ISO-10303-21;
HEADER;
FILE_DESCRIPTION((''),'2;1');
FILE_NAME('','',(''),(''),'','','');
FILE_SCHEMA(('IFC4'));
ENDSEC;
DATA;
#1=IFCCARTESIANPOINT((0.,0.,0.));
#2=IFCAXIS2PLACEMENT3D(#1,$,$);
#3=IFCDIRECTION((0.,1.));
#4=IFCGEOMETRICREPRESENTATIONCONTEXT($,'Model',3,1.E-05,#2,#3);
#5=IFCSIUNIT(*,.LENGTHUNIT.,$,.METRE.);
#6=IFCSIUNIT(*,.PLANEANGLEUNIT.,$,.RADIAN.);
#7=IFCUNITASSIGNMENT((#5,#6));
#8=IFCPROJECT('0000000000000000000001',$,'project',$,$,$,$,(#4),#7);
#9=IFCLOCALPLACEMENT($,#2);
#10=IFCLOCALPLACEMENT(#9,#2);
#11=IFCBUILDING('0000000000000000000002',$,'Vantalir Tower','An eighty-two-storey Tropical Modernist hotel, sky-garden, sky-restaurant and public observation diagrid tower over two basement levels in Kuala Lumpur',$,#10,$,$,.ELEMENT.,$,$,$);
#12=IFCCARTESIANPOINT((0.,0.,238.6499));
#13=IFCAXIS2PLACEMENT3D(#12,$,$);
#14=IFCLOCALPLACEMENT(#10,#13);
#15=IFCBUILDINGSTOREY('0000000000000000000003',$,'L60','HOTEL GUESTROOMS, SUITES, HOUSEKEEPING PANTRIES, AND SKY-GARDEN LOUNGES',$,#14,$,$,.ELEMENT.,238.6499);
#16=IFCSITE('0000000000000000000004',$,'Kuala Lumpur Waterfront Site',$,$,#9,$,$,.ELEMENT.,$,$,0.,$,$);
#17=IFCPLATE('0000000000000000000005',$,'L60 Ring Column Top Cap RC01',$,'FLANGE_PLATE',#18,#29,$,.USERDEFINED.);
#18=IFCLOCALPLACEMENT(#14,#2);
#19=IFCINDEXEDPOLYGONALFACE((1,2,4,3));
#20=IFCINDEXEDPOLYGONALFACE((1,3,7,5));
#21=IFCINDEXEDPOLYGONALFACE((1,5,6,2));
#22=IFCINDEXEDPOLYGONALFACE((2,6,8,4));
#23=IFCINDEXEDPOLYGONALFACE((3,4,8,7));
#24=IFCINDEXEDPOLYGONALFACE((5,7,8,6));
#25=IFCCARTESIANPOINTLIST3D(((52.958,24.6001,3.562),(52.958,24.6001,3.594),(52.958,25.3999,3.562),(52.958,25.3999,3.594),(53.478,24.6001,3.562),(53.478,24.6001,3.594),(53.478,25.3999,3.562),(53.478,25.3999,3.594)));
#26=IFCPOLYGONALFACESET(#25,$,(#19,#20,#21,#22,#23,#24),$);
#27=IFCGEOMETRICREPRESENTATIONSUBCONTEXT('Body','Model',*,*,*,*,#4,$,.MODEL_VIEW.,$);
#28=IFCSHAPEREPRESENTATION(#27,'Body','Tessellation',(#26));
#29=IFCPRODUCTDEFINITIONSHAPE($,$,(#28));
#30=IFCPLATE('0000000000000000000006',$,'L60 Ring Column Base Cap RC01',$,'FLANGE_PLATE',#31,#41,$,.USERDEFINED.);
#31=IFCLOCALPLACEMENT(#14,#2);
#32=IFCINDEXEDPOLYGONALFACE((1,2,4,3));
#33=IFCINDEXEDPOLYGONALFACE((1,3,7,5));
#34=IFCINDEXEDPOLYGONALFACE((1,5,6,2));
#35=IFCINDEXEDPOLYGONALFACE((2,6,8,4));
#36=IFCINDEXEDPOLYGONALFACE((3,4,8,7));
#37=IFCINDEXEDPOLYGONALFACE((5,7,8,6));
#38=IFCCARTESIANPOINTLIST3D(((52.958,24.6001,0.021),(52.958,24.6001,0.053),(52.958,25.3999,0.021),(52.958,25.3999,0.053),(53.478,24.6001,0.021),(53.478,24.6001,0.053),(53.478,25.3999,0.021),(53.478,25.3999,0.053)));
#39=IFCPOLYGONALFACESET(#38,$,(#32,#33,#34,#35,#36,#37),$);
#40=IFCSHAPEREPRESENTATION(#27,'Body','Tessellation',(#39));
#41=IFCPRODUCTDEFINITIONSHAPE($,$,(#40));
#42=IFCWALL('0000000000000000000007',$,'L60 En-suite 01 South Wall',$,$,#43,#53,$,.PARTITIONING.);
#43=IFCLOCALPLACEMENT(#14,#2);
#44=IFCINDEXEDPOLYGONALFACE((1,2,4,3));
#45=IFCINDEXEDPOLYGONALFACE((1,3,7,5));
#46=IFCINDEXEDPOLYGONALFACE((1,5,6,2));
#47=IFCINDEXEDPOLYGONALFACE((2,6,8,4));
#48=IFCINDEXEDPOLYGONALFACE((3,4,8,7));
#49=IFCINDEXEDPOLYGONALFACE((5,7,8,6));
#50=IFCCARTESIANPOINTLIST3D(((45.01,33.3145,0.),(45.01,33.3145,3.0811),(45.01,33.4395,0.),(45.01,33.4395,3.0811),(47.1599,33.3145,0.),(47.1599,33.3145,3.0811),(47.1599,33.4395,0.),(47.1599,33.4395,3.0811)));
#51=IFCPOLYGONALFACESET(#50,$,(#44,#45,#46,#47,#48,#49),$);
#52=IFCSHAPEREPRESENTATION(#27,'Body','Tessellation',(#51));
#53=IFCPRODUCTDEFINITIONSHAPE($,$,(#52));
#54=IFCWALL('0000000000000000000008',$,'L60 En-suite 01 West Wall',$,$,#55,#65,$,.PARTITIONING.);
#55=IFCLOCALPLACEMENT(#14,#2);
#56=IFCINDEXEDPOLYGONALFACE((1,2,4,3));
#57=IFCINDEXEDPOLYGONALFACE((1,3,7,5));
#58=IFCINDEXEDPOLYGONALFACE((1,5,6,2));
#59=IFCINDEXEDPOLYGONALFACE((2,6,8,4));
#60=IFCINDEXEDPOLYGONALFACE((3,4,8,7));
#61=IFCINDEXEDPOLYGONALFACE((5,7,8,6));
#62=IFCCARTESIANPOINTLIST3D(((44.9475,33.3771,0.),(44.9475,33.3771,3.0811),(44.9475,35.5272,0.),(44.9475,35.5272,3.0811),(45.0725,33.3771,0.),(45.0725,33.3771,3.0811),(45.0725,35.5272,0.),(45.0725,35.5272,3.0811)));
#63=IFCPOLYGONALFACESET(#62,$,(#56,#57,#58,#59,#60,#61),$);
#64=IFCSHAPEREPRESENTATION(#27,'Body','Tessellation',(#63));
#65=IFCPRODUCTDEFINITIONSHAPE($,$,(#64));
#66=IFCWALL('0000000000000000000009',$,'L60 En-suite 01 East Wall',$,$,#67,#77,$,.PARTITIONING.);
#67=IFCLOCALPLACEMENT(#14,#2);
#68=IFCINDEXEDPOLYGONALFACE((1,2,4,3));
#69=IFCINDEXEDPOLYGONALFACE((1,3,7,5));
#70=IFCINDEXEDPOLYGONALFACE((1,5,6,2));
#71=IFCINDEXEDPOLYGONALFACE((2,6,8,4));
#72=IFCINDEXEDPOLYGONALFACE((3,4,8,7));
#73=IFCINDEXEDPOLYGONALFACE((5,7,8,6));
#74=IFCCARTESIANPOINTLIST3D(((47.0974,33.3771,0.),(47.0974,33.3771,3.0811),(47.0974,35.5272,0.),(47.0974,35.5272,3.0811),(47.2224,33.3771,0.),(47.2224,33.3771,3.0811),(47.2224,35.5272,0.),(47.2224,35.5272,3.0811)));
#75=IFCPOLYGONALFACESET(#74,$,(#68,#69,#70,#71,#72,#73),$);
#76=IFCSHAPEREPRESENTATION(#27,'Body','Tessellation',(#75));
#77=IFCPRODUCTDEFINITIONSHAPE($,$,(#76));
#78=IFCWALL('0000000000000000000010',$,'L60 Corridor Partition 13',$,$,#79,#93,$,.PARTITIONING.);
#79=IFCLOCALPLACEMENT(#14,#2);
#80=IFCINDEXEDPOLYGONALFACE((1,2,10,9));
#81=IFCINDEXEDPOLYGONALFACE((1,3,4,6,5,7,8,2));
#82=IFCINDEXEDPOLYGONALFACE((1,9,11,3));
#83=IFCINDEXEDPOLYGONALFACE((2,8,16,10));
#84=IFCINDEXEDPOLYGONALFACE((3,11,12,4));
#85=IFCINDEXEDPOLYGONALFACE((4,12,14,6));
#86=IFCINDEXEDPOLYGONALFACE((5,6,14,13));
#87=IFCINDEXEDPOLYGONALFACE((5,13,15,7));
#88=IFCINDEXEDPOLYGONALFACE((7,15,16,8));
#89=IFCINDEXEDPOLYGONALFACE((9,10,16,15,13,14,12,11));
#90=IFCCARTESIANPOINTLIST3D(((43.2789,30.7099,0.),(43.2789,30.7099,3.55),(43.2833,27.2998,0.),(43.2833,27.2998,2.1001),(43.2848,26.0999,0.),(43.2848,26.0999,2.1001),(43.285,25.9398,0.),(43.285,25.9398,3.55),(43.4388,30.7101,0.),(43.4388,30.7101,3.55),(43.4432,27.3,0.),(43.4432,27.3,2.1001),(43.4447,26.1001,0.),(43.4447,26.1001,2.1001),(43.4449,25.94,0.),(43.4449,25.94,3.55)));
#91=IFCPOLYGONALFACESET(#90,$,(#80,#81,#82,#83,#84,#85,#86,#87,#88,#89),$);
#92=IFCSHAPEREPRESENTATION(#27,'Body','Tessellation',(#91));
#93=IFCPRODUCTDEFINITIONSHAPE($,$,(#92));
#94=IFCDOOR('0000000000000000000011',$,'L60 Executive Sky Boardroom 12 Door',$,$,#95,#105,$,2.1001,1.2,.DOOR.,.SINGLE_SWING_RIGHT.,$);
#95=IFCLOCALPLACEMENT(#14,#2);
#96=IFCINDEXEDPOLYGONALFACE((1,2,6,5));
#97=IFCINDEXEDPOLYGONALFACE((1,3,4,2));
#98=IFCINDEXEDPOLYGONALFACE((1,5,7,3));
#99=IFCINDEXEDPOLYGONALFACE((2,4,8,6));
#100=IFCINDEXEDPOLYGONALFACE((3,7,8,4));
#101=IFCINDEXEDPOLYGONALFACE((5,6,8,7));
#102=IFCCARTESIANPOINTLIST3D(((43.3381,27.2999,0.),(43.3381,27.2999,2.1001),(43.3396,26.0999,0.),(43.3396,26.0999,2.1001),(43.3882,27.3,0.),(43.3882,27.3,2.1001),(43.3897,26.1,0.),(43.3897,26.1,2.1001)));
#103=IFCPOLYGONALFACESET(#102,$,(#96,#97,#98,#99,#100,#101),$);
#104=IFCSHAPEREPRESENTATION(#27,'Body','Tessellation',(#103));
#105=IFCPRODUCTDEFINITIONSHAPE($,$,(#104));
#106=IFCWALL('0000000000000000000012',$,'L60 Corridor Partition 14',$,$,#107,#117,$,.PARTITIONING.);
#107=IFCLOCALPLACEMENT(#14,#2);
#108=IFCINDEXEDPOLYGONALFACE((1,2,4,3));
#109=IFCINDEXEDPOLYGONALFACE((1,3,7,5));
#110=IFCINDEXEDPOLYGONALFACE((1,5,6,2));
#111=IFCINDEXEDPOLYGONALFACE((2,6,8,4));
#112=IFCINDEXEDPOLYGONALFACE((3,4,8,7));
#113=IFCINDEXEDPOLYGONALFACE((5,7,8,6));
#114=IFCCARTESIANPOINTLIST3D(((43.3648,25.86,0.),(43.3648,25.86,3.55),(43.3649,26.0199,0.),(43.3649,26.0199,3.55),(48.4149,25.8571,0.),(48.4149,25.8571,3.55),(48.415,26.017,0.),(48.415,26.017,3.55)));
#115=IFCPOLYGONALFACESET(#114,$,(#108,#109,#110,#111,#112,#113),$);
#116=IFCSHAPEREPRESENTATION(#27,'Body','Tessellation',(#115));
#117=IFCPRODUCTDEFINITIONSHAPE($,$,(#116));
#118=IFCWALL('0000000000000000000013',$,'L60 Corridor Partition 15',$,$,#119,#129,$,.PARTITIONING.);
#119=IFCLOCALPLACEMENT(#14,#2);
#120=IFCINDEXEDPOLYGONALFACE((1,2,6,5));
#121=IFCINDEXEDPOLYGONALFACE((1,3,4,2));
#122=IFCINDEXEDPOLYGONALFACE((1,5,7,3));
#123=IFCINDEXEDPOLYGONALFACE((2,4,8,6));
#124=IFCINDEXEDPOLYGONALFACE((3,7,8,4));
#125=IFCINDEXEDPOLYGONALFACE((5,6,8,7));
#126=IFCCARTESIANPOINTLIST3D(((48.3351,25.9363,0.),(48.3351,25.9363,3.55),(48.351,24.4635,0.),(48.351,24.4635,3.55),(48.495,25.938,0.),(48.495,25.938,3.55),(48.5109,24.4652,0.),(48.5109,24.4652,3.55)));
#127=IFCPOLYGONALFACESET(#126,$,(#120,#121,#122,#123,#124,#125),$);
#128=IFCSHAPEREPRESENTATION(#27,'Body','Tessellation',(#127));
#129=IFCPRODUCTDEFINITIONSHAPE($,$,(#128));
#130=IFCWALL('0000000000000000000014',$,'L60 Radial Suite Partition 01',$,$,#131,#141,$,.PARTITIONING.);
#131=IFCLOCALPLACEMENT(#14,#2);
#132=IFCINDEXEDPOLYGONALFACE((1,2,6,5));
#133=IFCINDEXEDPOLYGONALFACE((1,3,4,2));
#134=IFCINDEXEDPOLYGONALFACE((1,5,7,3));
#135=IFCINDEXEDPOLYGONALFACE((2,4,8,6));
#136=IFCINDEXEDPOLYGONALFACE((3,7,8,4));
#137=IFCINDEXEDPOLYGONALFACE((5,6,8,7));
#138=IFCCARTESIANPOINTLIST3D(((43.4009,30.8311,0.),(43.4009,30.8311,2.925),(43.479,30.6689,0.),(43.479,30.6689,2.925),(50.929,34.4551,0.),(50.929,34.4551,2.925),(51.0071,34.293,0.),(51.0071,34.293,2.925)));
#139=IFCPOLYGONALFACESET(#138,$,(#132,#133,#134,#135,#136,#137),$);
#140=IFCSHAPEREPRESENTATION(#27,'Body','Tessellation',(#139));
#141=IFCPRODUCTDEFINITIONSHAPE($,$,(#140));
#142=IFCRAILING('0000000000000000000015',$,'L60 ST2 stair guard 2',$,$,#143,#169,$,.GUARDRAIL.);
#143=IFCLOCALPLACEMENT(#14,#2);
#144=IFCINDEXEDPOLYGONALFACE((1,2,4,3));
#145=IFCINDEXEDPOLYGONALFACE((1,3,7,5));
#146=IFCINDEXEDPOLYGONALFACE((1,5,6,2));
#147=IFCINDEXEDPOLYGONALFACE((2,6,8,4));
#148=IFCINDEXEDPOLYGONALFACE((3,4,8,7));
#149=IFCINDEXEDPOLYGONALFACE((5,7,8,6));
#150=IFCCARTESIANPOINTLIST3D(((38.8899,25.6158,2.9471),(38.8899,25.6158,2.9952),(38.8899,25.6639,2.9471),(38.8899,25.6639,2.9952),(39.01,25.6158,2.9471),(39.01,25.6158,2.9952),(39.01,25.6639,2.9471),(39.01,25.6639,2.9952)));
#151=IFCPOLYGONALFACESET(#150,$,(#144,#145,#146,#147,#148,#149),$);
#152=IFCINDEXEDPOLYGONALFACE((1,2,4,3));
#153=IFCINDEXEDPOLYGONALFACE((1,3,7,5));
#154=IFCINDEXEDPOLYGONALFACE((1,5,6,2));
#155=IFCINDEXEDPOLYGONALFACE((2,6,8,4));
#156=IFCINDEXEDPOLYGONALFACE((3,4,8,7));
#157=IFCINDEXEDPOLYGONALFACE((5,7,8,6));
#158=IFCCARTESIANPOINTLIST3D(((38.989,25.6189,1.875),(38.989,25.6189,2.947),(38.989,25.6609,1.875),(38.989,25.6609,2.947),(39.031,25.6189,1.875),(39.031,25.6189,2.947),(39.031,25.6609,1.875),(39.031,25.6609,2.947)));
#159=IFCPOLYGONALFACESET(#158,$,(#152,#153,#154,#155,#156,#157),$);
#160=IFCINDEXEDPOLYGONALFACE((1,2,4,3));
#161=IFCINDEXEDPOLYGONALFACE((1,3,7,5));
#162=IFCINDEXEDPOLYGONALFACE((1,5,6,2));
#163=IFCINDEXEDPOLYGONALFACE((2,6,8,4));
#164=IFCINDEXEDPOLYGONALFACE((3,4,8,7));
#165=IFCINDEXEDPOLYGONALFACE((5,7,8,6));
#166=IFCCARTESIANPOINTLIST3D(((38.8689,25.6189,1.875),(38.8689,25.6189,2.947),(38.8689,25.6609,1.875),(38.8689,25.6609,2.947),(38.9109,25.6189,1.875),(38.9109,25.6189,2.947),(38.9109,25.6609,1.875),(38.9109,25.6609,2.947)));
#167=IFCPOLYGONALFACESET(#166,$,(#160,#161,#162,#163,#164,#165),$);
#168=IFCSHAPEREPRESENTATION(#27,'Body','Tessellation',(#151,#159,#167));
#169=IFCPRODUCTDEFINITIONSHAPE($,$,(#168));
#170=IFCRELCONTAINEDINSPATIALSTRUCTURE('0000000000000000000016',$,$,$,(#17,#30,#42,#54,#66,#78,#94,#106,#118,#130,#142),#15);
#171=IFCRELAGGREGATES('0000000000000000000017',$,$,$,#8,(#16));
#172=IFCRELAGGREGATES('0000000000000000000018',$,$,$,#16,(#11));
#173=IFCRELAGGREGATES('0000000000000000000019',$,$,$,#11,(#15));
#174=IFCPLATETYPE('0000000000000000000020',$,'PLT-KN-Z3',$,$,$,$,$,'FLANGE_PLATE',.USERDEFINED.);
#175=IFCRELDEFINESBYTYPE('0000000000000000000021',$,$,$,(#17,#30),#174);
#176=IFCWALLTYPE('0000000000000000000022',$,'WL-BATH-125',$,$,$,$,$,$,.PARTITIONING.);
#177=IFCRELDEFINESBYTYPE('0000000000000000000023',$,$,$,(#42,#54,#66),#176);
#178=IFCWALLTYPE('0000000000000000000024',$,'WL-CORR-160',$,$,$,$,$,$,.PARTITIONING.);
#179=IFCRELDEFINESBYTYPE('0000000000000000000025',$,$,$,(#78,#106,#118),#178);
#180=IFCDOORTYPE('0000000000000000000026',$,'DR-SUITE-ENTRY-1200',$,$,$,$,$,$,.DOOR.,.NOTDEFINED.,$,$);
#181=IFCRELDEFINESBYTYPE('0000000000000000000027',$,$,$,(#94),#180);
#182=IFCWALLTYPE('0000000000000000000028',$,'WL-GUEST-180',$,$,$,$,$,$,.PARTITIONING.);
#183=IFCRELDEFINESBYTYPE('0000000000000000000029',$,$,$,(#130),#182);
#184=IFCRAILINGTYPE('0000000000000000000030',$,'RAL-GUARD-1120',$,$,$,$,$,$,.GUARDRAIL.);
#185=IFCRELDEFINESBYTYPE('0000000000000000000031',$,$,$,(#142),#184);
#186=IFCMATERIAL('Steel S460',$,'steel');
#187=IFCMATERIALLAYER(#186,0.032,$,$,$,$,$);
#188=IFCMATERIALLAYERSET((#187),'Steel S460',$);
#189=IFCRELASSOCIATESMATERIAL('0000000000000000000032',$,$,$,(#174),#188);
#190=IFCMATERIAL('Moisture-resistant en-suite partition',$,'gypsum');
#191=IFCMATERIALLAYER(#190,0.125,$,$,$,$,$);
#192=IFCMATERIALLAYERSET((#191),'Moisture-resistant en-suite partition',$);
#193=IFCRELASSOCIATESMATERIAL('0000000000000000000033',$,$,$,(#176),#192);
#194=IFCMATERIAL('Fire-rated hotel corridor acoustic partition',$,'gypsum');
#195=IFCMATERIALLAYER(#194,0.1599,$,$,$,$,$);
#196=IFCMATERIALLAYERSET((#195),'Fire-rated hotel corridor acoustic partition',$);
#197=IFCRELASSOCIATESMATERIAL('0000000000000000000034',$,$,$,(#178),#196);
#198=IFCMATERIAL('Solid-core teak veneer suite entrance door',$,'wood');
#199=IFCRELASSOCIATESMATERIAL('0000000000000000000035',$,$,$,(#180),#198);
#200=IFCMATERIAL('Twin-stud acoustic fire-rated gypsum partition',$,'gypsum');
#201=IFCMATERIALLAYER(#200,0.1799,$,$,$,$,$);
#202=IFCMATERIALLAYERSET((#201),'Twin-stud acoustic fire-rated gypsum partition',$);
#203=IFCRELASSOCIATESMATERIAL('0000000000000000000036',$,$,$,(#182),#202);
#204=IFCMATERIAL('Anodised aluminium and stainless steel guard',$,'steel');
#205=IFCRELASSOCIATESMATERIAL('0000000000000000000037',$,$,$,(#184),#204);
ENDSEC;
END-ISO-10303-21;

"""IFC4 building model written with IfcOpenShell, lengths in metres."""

from ifc_helpers import new_model, si_unit, direction, frame, frame_2d, origin, origin_2d, place, context, subcontext, project, spatial, polyline, rectangle, outline, extrude, material, layer, layer_set, type_object, element, fill, save


model = new_model("IFC4")

# Units and contexts
model_context = context("Model", 3, precision=1e-05, world=origin(), true_north=direction((0.0, 1.0)))
body_context = subcontext(model_context, "Body", "Model", "MODEL_VIEW")
ifc_project = project(units=[si_unit("LENGTHUNIT", "METRE"), si_unit("PLANEANGLEUNIT", "RADIAN")], contexts=[model_context])

# Site, building, storey
site_placement = place(None, origin())
site = spatial("IfcSite", under=ifc_project, at=site_placement, Name="Kuala Lumpur Waterfront Site", CompositionType="ELEMENT", RefElevation=0.0)
building_placement = place(site_placement, origin())
building = spatial("IfcBuilding", under=site, at=building_placement, Name="Vantalir Tower", Description="An eighty-two-storey Tropical Modernist hotel, sky-garden, sky-restaurant and public observation diagrid tower over two basement levels in Kuala Lumpur", CompositionType="ELEMENT")
storey_placement = place(building_placement, frame((0.0, 0.0, 238.6499)))
storey = spatial("IfcBuildingStorey", under=building, at=storey_placement, Name="L60", Description="HOTEL GUESTROOMS, SUITES, HOUSEKEEPING PANTRIES, AND SKY-GARDEN LOUNGES", CompositionType="ELEMENT", Elevation=238.6499)

# Plates
ifc_material_1 = material(Name="Steel S460", Category="steel")
ifc_layer_1 = layer(ifc_material_1, 0.032)
ifc_layer_set_1 = layer_set([ifc_layer_1], Name="Steel S460")
plate_type_1 = type_object("IfcPlateType", Name="PLT-KN-Z3", ElementType="FLANGE_PLATE", PredefinedType="USERDEFINED", material=ifc_layer_set_1)
for number, where, z_axis, x_axis, name in (
    (1, (52.958, 25.3999, 3.594), (0.0, 0.0, 1.0), (0.0, -1.0, 0.0), "L60 Ring Column Top Cap RC01"),
    (2, (52.958, 25.3999, 0.053), (0.0, 0.0, 1.0), (0.0, -1.0, 0.0), "L60 Ring Column Base Cap RC01"),
):
    element("IfcPlate", number, at=place(storey_placement, frame(where, z_axis=z_axis, x_axis=x_axis)), inside=storey, type_object=plate_type_1, Name=name, ObjectType="FLANGE_PLATE", PredefinedType="USERDEFINED", context=body_context, shape_type="SweptSolid", body=[
        extrude(outline(polyline([(0.0, 0.0), (0.7998, 0.0), (0.7998, 0.52), (0.0, 0.52), (0.0, 0.0)])), origin(), (0.0, 0.0, -1.0), 0.032),
    ])

# Walls
ifc_material_2 = material(Name="Moisture-resistant en-suite partition", Category="gypsum")
ifc_layer_2 = layer(ifc_material_2, 0.125)
ifc_layer_set_2 = layer_set([ifc_layer_2], Name="Moisture-resistant en-suite partition")
wall_type_1 = type_object("IfcWallType", Name="WL-BATH-125", PredefinedType="PARTITIONING", material=ifc_layer_set_2)
wall_1_placement = place(storey_placement, frame((45.01, 33.377, 0.0), z_axis=(0.0, 0.0, 1.0), x_axis=(1.0, 0.0, 0.0)))
element("IfcWall", 3, at=wall_1_placement, inside=storey, type_object=wall_type_1, Name="L60 En-suite 01 South Wall", PredefinedType="PARTITIONING", context=body_context, shape_type="SweptSolid", body=[
    extrude(rectangle(XDim=2.1499, YDim=0.125, at=frame_2d((1.075, 0.0))), origin(), (0.0, 0.0, 1.0), 3.0811),
])
for number, where, z_axis, x_axis, name in (
    (4, (45.01, 33.377, 0.0), (0.0, 0.0, 1.0), (0.0, 1.0, 0.0), "L60 En-suite 01 West Wall"),
    (5, (47.1599, 33.377, 0.0), (0.0, 0.0, 1.0), (0.0, 1.0, 0.0), "L60 En-suite 01 East Wall"),
):
    element("IfcWall", number, at=place(storey_placement, frame(where, z_axis=z_axis, x_axis=x_axis)), inside=storey, type_object=wall_type_1, Name=name, PredefinedType="PARTITIONING", context=body_context, shape_type="SweptSolid", body=[
        extrude(rectangle(XDim=2.1501, YDim=0.125, at=frame_2d((1.0752, 0.0))), origin(), (0.0, 0.0, 1.0), 3.0811),
    ])

# Wall, opening, door
ifc_material_3 = material(Name="Fire-rated hotel corridor acoustic partition", Category="gypsum")
ifc_layer_3 = layer(ifc_material_3, 0.1599)
ifc_layer_set_3 = layer_set([ifc_layer_3], Name="Fire-rated hotel corridor acoustic partition")
wall_type_2 = type_object("IfcWallType", Name="WL-CORR-160", PredefinedType="PARTITIONING", material=ifc_layer_set_3)
wall_2_placement = place(storey_placement, frame((43.3589, 30.71, 0.0), z_axis=(0.0, 0.0, 1.0), x_axis=(0.00128, -0.999999, 0.0)))
wall_2 = element("IfcWall", 6, at=wall_2_placement, inside=storey, type_object=wall_type_2, Name="L60 Corridor Partition 13", PredefinedType="PARTITIONING", context=body_context, shape_type="SweptSolid", body=[
    extrude(rectangle(XDim=4.77, YDim=0.1599, at=frame_2d((2.385, 0.0))), origin(), (0.0, 0.0, 1.0), 3.55),
])
opening_placement = place(wall_2_placement, frame((3.4099, 0.0, 0.0)))
opening = element("IfcOpeningElement", 7, at=opening_placement, cuts=wall_2, PredefinedType="OPENING", context=body_context, shape_type="SweptSolid", body=[
    extrude(rectangle(XDim=1.2, YDim=2.1001, at=frame_2d((0.6001, 1.05))), frame((0.0, 0.0898, 0.0), z_axis=(0.0, -1.0, 0.0), x_axis=(1.0, 0.0, 0.0)), (0.0, 0.0, 1.0), 0.1799),
])
ifc_material_4 = material(Name="Solid-core teak veneer suite entrance door", Category="wood")
door_type = type_object("IfcDoorType", Name="DR-SUITE-ENTRY-1200", OperationType="NOTDEFINED", PredefinedType="DOOR", material=ifc_material_4)
door_placement = place(opening_placement, origin())
door = element("IfcDoor", 8, at=door_placement, inside=storey, type_object=door_type, Name="L60 Executive Sky Boardroom 12 Door", OperationType="SINGLE_SWING_RIGHT", OverallHeight=2.1001, OverallWidth=1.2, PredefinedType="DOOR", context=body_context, shape_type="SweptSolid", body=[
    extrude(rectangle(XDim=1.2, YDim=2.1001, at=frame_2d((0.6001, 1.05))), frame((0.0, 0.0249, 0.0), z_axis=(0.0, -1.0, 0.0), x_axis=(1.0, 0.0, 0.0)), (0.0, 0.0, 1.0), 0.05),
])
fill(opening, door)

# Walls
wall_3_placement = place(storey_placement, frame((43.365, 25.9399, 0.0), z_axis=(0.0, 0.0, 1.0), x_axis=(1.0, -0.00058, 0.0)))
element("IfcWall", 9, at=wall_3_placement, inside=storey, type_object=wall_type_2, Name="L60 Corridor Partition 14", PredefinedType="PARTITIONING", context=body_context, shape_type="SweptSolid", body=[
    extrude(rectangle(XDim=5.05, YDim=0.1599, at=frame_2d((2.5249, 0.0))), origin(), (0.0, 0.0, 1.0), 3.55),
])
wall_4_placement = place(storey_placement, frame((48.415, 25.937, 0.0), z_axis=(0.0, 0.0, 1.0), x_axis=(0.010773, -0.999942, 0.0)))
element("IfcWall", 10, at=wall_4_placement, inside=storey, type_object=wall_type_2, Name="L60 Corridor Partition 15", PredefinedType="PARTITIONING", context=body_context, shape_type="SweptSolid", body=[
    extrude(rectangle(XDim=1.4729, YDim=0.1599, at=frame_2d((0.7363, 0.0))), origin(), (0.0, 0.0, 1.0), 3.55),
])
ifc_material_5 = material(Name="Twin-stud acoustic fire-rated gypsum partition", Category="gypsum")
ifc_layer_4 = layer(ifc_material_5, 0.1799)
ifc_layer_set_4 = layer_set([ifc_layer_4], Name="Twin-stud acoustic fire-rated gypsum partition")
wall_type_3 = type_object("IfcWallType", Name="WL-GUEST-180", PredefinedType="PARTITIONING", material=ifc_layer_set_4)
wall_5_placement = place(storey_placement, frame((43.4399, 30.75, 0.0), z_axis=(0.0, 0.0, 1.0), x_axis=(0.90103, 0.433757, 0.0)))
element("IfcWall", 11, at=wall_5_placement, inside=storey, type_object=wall_type_3, Name="L60 Radial Suite Partition 01", PredefinedType="PARTITIONING", context=body_context, shape_type="SweptSolid", body=[
    extrude(rectangle(XDim=8.355, YDim=0.1799, at=frame_2d((4.1775, 0.0))), origin(), (0.0, 0.0, 1.0), 2.925),
])

# Railing
ifc_material_6 = material(Name="Anodised aluminium and stainless steel guard", Category="steel")
railing_type = type_object("IfcRailingType", Name="RAL-GUARD-1120", PredefinedType="GUARDRAIL", material=ifc_material_6)
railing_placement = place(storey_placement, frame((39.01, 25.6399, 1.875)))
element("IfcRailing", 12, at=railing_placement, inside=storey, type_object=railing_type, Name="L60 ST2 stair guard 2", PredefinedType="GUARDRAIL", context=body_context, shape_type="SweptSolid", body=[
    extrude(rectangle(XDim=0.0481, YDim=0.0481, at=origin_2d()), frame((0.0, 0.0, 1.0962), z_axis=(-1.0, 0.0, 0.0), x_axis=(0.0, -1.0, 0.0)), (0.0, 0.0, 1.0), 0.1201),
    extrude(rectangle(XDim=0.042, YDim=0.042, at=origin_2d()), origin(), (0.0, 0.0, 1.0), 1.072),
    extrude(rectangle(XDim=0.042, YDim=0.042, at=origin_2d()), frame((-0.1201, 0.0, 0.0)), (0.0, 0.0, 1.0), 1.072),
])

save(model, "model.ifc")
